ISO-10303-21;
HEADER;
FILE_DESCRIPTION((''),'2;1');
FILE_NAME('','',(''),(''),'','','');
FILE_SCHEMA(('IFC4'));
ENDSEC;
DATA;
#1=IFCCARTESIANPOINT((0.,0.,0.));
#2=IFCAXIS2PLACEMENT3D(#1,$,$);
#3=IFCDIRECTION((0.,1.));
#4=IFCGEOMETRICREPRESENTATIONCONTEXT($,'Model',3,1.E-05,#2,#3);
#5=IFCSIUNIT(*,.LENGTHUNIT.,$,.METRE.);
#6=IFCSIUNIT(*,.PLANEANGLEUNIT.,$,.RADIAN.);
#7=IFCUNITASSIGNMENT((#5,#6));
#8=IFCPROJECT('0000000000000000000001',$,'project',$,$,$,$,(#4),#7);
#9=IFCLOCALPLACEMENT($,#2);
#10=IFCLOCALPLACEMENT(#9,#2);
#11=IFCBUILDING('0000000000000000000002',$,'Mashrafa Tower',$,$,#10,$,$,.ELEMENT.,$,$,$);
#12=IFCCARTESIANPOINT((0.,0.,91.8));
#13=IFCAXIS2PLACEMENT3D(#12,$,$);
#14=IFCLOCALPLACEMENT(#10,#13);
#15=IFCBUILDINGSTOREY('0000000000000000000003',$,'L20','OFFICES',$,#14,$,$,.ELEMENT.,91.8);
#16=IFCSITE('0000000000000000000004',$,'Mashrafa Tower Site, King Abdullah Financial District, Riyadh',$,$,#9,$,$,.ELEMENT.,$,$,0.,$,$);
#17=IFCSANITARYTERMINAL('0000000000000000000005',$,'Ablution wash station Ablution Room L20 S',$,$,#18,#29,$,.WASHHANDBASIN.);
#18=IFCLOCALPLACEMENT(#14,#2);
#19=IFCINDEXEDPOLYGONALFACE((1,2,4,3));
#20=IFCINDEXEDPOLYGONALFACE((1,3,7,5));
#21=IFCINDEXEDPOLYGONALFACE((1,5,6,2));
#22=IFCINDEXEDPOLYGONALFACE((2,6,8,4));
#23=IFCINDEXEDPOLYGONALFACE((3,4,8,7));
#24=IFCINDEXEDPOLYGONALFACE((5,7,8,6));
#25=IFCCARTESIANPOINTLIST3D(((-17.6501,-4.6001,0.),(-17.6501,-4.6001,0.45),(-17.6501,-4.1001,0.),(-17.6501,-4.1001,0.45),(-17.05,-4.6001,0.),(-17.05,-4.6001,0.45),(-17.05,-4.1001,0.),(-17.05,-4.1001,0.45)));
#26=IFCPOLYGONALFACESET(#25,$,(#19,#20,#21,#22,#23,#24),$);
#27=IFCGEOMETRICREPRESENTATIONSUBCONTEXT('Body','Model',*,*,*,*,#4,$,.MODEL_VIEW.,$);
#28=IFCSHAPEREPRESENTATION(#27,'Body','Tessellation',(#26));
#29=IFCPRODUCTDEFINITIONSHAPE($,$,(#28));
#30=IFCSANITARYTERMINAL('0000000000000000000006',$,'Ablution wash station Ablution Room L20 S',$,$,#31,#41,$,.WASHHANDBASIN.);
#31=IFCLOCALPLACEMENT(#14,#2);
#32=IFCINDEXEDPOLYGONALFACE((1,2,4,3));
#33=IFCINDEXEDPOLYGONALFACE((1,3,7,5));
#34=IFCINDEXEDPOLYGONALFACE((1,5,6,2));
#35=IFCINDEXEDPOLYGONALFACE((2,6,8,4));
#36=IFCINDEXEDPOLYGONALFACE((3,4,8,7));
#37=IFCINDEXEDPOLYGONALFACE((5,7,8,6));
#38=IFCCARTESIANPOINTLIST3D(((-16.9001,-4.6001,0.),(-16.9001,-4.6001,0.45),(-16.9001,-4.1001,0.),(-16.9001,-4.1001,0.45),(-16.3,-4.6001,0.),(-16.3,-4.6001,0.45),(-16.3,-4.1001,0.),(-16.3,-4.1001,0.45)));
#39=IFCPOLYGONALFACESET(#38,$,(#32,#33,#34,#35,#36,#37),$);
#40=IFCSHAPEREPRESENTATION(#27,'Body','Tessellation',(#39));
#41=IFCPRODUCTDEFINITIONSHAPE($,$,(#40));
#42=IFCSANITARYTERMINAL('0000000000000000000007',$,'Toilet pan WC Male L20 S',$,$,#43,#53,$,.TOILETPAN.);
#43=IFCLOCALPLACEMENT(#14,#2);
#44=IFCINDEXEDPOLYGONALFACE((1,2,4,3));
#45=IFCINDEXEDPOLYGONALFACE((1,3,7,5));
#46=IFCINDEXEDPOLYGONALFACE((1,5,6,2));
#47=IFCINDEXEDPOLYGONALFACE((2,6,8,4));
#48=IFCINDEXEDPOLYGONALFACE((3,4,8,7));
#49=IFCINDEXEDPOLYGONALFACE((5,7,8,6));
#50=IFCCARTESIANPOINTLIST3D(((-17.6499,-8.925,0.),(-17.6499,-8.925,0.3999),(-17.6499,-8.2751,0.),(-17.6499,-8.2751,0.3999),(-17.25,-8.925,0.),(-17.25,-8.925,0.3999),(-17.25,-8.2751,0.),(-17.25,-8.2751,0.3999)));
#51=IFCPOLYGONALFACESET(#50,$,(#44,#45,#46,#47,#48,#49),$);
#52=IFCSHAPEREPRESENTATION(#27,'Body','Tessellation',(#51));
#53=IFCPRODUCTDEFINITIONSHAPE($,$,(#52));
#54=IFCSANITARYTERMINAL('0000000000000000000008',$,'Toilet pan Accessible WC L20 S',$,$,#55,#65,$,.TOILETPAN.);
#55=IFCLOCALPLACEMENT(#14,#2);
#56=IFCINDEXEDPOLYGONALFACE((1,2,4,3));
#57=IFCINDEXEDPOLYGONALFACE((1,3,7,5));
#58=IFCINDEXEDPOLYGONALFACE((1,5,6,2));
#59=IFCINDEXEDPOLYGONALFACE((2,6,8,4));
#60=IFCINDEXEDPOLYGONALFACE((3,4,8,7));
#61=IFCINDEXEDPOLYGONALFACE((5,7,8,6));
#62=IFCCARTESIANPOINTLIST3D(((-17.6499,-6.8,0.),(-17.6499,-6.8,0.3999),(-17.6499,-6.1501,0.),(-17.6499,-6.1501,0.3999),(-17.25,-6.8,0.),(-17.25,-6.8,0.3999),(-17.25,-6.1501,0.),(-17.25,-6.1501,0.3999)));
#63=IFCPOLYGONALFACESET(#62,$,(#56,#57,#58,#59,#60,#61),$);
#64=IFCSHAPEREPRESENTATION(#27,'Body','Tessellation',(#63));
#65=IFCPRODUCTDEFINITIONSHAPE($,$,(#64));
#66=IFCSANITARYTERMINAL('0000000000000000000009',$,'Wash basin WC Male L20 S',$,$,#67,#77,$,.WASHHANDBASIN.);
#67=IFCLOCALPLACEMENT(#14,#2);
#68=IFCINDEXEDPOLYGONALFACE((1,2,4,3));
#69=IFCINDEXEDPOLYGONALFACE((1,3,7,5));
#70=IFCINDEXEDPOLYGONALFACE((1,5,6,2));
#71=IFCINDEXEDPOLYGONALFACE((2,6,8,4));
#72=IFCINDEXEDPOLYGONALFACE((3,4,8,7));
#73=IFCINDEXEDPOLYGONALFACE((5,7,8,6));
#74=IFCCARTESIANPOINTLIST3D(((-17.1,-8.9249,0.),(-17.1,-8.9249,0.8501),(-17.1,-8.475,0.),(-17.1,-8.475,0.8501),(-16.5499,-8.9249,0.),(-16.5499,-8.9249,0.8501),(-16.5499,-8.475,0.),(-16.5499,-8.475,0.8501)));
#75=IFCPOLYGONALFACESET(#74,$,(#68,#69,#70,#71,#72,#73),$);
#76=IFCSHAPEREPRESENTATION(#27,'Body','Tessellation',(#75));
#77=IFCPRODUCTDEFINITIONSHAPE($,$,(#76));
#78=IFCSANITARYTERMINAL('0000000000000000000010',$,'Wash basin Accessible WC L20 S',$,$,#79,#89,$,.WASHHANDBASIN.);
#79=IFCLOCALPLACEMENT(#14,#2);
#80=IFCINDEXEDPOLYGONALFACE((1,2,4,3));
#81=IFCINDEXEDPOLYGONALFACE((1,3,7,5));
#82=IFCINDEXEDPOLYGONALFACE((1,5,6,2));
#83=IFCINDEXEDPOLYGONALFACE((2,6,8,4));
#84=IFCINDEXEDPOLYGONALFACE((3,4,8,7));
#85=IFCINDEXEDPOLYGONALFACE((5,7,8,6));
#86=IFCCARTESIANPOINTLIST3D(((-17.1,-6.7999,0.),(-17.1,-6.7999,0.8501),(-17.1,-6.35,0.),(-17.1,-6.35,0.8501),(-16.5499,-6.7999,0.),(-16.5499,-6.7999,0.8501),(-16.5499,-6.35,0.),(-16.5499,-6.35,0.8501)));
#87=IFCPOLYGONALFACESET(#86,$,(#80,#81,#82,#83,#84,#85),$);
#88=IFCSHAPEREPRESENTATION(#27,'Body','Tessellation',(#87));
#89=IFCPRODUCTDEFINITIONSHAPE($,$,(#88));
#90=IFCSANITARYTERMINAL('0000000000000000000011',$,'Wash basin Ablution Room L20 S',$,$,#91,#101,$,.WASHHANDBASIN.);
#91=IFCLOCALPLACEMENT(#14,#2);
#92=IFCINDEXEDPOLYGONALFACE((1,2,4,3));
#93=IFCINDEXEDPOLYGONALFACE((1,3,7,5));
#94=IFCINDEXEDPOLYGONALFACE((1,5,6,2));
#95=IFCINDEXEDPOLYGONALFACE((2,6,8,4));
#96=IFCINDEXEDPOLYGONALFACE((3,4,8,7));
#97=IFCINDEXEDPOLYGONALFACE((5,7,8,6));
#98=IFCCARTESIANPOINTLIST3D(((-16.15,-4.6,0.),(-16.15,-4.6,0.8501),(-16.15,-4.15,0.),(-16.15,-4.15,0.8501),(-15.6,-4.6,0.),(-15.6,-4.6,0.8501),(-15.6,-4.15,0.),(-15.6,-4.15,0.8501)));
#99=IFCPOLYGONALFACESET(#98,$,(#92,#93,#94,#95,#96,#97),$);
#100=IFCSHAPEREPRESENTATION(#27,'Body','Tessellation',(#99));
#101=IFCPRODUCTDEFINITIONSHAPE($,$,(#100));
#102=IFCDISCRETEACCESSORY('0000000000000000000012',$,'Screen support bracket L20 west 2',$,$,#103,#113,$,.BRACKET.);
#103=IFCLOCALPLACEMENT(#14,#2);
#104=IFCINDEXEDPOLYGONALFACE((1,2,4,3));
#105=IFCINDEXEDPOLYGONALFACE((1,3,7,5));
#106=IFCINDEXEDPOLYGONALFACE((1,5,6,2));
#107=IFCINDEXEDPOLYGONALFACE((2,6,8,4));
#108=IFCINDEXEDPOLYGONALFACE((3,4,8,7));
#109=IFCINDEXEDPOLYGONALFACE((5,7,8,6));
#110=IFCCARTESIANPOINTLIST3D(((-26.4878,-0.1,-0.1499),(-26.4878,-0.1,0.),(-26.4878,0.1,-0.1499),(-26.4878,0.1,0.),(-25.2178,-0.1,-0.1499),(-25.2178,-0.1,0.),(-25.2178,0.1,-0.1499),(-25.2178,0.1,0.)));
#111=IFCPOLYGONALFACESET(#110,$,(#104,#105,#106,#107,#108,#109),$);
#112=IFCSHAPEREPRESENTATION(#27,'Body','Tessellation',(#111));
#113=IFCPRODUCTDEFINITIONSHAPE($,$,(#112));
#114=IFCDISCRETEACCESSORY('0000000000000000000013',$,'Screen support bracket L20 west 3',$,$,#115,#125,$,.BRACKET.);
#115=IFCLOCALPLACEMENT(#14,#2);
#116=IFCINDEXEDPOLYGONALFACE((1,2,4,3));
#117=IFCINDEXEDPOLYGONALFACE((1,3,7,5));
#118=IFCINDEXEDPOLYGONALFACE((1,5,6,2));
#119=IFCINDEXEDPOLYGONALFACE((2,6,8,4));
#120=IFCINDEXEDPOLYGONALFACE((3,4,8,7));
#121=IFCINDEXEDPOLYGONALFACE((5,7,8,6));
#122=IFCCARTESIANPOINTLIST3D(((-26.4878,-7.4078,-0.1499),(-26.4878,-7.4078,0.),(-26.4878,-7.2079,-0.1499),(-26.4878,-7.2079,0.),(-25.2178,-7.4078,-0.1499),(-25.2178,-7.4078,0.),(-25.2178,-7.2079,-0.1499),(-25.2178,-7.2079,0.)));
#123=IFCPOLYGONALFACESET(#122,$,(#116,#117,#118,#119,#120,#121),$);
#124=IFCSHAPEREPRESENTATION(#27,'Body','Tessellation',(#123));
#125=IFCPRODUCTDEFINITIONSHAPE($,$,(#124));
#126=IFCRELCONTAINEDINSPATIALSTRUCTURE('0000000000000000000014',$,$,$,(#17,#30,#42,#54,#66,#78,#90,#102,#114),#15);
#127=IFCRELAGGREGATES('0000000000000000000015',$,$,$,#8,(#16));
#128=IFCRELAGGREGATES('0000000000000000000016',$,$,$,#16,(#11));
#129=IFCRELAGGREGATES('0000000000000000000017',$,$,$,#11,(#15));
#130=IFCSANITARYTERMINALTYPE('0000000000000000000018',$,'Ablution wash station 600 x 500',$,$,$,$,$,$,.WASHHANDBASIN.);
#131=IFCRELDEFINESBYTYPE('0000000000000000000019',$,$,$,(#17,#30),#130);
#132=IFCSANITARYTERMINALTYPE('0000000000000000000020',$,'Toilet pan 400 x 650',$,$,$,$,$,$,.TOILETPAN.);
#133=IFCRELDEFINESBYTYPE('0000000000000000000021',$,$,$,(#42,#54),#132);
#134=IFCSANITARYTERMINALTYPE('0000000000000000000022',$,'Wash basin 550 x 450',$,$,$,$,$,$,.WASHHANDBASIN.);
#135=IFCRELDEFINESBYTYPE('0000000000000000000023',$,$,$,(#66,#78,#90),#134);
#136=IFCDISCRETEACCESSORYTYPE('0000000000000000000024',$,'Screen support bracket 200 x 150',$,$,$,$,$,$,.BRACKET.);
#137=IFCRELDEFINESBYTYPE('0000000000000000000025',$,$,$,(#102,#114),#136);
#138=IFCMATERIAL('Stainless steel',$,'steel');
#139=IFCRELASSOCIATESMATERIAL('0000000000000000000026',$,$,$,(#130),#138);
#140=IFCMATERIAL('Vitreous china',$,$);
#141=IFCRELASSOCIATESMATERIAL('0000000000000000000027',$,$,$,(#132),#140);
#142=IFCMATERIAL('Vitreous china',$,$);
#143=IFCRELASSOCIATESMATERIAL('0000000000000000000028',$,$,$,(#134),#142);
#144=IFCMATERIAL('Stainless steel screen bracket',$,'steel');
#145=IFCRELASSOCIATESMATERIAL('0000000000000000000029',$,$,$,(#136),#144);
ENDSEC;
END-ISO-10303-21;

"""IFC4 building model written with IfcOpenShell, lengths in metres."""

from ifc_helpers import new_model, si_unit, direction, frame, origin, origin_2d, place, context, subcontext, project, spatial, rectangle, extrude, source, transform, mapped, material, type_object, type_shapes, element, save


model = new_model("IFC4")

# Units and contexts
model_context = context("Model", 3, precision=1e-05, world=origin(), true_north=direction((0.0, 1.0)))
body_context = subcontext(model_context, "Body", "Model", "MODEL_VIEW")
ifc_project = project(units=[si_unit("LENGTHUNIT", "METRE"), si_unit("PLANEANGLEUNIT", "RADIAN")], contexts=[model_context])

# Site, building, storey
site_placement = place(None, origin())
site = spatial("IfcSite", under=ifc_project, at=site_placement, Name="Mashrafa Tower Site, King Abdullah Financial District, Riyadh", CompositionType="ELEMENT", RefElevation=0.0)
building_placement = place(site_placement, origin())
building = spatial("IfcBuilding", under=site, at=building_placement, Name="Mashrafa Tower", CompositionType="ELEMENT")
storey_placement = place(building_placement, frame((0.0, 0.0, 91.8)))
storey = spatial("IfcBuildingStorey", under=building, at=storey_placement, Name="L20", Description="OFFICES", CompositionType="ELEMENT", Elevation=91.8)

# Sanitary terminals
ifc_material_1 = material(Name="Stainless steel", Category="steel")
sanitary_terminal_type_1 = type_object("IfcSanitaryTerminalType", Name="Ablution wash station 600 x 500", PredefinedType="WASHHANDBASIN", material=ifc_material_1)
for number, where, z_axis, x_axis, name in (
    (1, (-17.3501, -4.3501, 0.0), (0.0, 0.0, 1.0), (1.0, 0.0, 0.0), "Ablution wash station Ablution Room L20 S"),
    (2, (-16.6001, -4.3501, 0.0), (0.0, 0.0, 1.0), (1.0, 0.0, 0.0), "Ablution wash station Ablution Room L20 S"),
):
    element("IfcSanitaryTerminal", number, at=place(storey_placement, frame(where, z_axis=z_axis, x_axis=x_axis)), inside=storey, type_object=sanitary_terminal_type_1, Name=name, PredefinedType="WASHHANDBASIN", context=body_context, shape_type="SweptSolid", body=[
        extrude(rectangle(XDim=0.6001, YDim=0.5, at=origin_2d()), origin(), (0.0, 0.0, 1.0), 0.45),
    ])
ifc_material_2 = material(Name="Vitreous china")
sanitary_terminal_type_2 = type_object("IfcSanitaryTerminalType", Name="Toilet pan 400 x 650", PredefinedType="TOILETPAN", material=ifc_material_2)
for number, where, z_axis, x_axis, name in (
    (3, (-17.45, -8.6001, 0.0), (0.0, 0.0, 1.0), (1.0, 0.0, 0.0), "Toilet pan WC Male L20 S"),
    (4, (-17.45, -6.4751, 0.0), (0.0, 0.0, 1.0), (1.0, 0.0, 0.0), "Toilet pan Accessible WC L20 S"),
):
    element("IfcSanitaryTerminal", number, at=place(storey_placement, frame(where, z_axis=z_axis, x_axis=x_axis)), inside=storey, type_object=sanitary_terminal_type_2, Name=name, PredefinedType="TOILETPAN", context=body_context, shape_type="SweptSolid", body=[
        extrude(rectangle(XDim=0.3999, YDim=0.6499, at=origin_2d()), origin(), (0.0, 0.0, 1.0), 0.3999),
    ])
ifc_material_3 = material(Name="Vitreous china")
sanitary_terminal_type_3 = type_object("IfcSanitaryTerminalType", Name="Wash basin 550 x 450", PredefinedType="WASHHANDBASIN", material=ifc_material_3)
for number, where, z_axis, x_axis, name in (
    (5, (-16.825, -8.7, 0.0), (0.0, 0.0, 1.0), (1.0, 0.0, 0.0), "Wash basin WC Male L20 S"),
    (6, (-16.825, -6.575, 0.0), (0.0, 0.0, 1.0), (1.0, 0.0, 0.0), "Wash basin Accessible WC L20 S"),
    (7, (-15.875, -4.375, 0.0), (0.0, 0.0, 1.0), (1.0, 0.0, 0.0), "Wash basin Ablution Room L20 S"),
):
    element("IfcSanitaryTerminal", number, at=place(storey_placement, frame(where, z_axis=z_axis, x_axis=x_axis)), inside=storey, type_object=sanitary_terminal_type_3, Name=name, PredefinedType="WASHHANDBASIN", context=body_context, shape_type="SweptSolid", body=[
        extrude(rectangle(XDim=0.55, YDim=0.45, at=origin_2d()), origin(), (0.0, 0.0, 1.0), 0.8501),
    ])

# Discrete accessories
ifc_material_4 = material(Name="Stainless steel screen bracket", Category="steel")
discrete_accessory_type = type_object("IfcDiscreteAccessoryType", Name="Screen support bracket 200 x 150", PredefinedType="BRACKET", material=ifc_material_4)
shared_shape_1 = source(origin(), body_context, "Body", "SweptSolid", [
    extrude(rectangle(XDim=0.2, YDim=1.27, at=origin_2d()), origin(), (0.0, 0.0, 1.0), 0.1499),
])
type_shapes(discrete_accessory_type, [shared_shape_1])
for number, where, z_axis, x_axis, name in (
    (8, (-25.8528, 0.0, -0.1499), (0.0, 0.0, 1.0), (0.0, -1.0, 0.0), "Screen support bracket L20 west 2"),
    (9, (-25.8528, -7.3079, -0.1499), (0.0, 0.0, 1.0), (0.0, -1.0, 0.0), "Screen support bracket L20 west 3"),
):
    element("IfcDiscreteAccessory", number, at=place(storey_placement, frame(where, z_axis=z_axis, x_axis=x_axis)), inside=storey, type_object=discrete_accessory_type, Name=name, PredefinedType="BRACKET", context=body_context, shape_type="MappedRepresentation", body=[
        mapped(shared_shape_1, transform((0.0, 0.0, 0.0))),
    ])

save(model, "model.ifc")
